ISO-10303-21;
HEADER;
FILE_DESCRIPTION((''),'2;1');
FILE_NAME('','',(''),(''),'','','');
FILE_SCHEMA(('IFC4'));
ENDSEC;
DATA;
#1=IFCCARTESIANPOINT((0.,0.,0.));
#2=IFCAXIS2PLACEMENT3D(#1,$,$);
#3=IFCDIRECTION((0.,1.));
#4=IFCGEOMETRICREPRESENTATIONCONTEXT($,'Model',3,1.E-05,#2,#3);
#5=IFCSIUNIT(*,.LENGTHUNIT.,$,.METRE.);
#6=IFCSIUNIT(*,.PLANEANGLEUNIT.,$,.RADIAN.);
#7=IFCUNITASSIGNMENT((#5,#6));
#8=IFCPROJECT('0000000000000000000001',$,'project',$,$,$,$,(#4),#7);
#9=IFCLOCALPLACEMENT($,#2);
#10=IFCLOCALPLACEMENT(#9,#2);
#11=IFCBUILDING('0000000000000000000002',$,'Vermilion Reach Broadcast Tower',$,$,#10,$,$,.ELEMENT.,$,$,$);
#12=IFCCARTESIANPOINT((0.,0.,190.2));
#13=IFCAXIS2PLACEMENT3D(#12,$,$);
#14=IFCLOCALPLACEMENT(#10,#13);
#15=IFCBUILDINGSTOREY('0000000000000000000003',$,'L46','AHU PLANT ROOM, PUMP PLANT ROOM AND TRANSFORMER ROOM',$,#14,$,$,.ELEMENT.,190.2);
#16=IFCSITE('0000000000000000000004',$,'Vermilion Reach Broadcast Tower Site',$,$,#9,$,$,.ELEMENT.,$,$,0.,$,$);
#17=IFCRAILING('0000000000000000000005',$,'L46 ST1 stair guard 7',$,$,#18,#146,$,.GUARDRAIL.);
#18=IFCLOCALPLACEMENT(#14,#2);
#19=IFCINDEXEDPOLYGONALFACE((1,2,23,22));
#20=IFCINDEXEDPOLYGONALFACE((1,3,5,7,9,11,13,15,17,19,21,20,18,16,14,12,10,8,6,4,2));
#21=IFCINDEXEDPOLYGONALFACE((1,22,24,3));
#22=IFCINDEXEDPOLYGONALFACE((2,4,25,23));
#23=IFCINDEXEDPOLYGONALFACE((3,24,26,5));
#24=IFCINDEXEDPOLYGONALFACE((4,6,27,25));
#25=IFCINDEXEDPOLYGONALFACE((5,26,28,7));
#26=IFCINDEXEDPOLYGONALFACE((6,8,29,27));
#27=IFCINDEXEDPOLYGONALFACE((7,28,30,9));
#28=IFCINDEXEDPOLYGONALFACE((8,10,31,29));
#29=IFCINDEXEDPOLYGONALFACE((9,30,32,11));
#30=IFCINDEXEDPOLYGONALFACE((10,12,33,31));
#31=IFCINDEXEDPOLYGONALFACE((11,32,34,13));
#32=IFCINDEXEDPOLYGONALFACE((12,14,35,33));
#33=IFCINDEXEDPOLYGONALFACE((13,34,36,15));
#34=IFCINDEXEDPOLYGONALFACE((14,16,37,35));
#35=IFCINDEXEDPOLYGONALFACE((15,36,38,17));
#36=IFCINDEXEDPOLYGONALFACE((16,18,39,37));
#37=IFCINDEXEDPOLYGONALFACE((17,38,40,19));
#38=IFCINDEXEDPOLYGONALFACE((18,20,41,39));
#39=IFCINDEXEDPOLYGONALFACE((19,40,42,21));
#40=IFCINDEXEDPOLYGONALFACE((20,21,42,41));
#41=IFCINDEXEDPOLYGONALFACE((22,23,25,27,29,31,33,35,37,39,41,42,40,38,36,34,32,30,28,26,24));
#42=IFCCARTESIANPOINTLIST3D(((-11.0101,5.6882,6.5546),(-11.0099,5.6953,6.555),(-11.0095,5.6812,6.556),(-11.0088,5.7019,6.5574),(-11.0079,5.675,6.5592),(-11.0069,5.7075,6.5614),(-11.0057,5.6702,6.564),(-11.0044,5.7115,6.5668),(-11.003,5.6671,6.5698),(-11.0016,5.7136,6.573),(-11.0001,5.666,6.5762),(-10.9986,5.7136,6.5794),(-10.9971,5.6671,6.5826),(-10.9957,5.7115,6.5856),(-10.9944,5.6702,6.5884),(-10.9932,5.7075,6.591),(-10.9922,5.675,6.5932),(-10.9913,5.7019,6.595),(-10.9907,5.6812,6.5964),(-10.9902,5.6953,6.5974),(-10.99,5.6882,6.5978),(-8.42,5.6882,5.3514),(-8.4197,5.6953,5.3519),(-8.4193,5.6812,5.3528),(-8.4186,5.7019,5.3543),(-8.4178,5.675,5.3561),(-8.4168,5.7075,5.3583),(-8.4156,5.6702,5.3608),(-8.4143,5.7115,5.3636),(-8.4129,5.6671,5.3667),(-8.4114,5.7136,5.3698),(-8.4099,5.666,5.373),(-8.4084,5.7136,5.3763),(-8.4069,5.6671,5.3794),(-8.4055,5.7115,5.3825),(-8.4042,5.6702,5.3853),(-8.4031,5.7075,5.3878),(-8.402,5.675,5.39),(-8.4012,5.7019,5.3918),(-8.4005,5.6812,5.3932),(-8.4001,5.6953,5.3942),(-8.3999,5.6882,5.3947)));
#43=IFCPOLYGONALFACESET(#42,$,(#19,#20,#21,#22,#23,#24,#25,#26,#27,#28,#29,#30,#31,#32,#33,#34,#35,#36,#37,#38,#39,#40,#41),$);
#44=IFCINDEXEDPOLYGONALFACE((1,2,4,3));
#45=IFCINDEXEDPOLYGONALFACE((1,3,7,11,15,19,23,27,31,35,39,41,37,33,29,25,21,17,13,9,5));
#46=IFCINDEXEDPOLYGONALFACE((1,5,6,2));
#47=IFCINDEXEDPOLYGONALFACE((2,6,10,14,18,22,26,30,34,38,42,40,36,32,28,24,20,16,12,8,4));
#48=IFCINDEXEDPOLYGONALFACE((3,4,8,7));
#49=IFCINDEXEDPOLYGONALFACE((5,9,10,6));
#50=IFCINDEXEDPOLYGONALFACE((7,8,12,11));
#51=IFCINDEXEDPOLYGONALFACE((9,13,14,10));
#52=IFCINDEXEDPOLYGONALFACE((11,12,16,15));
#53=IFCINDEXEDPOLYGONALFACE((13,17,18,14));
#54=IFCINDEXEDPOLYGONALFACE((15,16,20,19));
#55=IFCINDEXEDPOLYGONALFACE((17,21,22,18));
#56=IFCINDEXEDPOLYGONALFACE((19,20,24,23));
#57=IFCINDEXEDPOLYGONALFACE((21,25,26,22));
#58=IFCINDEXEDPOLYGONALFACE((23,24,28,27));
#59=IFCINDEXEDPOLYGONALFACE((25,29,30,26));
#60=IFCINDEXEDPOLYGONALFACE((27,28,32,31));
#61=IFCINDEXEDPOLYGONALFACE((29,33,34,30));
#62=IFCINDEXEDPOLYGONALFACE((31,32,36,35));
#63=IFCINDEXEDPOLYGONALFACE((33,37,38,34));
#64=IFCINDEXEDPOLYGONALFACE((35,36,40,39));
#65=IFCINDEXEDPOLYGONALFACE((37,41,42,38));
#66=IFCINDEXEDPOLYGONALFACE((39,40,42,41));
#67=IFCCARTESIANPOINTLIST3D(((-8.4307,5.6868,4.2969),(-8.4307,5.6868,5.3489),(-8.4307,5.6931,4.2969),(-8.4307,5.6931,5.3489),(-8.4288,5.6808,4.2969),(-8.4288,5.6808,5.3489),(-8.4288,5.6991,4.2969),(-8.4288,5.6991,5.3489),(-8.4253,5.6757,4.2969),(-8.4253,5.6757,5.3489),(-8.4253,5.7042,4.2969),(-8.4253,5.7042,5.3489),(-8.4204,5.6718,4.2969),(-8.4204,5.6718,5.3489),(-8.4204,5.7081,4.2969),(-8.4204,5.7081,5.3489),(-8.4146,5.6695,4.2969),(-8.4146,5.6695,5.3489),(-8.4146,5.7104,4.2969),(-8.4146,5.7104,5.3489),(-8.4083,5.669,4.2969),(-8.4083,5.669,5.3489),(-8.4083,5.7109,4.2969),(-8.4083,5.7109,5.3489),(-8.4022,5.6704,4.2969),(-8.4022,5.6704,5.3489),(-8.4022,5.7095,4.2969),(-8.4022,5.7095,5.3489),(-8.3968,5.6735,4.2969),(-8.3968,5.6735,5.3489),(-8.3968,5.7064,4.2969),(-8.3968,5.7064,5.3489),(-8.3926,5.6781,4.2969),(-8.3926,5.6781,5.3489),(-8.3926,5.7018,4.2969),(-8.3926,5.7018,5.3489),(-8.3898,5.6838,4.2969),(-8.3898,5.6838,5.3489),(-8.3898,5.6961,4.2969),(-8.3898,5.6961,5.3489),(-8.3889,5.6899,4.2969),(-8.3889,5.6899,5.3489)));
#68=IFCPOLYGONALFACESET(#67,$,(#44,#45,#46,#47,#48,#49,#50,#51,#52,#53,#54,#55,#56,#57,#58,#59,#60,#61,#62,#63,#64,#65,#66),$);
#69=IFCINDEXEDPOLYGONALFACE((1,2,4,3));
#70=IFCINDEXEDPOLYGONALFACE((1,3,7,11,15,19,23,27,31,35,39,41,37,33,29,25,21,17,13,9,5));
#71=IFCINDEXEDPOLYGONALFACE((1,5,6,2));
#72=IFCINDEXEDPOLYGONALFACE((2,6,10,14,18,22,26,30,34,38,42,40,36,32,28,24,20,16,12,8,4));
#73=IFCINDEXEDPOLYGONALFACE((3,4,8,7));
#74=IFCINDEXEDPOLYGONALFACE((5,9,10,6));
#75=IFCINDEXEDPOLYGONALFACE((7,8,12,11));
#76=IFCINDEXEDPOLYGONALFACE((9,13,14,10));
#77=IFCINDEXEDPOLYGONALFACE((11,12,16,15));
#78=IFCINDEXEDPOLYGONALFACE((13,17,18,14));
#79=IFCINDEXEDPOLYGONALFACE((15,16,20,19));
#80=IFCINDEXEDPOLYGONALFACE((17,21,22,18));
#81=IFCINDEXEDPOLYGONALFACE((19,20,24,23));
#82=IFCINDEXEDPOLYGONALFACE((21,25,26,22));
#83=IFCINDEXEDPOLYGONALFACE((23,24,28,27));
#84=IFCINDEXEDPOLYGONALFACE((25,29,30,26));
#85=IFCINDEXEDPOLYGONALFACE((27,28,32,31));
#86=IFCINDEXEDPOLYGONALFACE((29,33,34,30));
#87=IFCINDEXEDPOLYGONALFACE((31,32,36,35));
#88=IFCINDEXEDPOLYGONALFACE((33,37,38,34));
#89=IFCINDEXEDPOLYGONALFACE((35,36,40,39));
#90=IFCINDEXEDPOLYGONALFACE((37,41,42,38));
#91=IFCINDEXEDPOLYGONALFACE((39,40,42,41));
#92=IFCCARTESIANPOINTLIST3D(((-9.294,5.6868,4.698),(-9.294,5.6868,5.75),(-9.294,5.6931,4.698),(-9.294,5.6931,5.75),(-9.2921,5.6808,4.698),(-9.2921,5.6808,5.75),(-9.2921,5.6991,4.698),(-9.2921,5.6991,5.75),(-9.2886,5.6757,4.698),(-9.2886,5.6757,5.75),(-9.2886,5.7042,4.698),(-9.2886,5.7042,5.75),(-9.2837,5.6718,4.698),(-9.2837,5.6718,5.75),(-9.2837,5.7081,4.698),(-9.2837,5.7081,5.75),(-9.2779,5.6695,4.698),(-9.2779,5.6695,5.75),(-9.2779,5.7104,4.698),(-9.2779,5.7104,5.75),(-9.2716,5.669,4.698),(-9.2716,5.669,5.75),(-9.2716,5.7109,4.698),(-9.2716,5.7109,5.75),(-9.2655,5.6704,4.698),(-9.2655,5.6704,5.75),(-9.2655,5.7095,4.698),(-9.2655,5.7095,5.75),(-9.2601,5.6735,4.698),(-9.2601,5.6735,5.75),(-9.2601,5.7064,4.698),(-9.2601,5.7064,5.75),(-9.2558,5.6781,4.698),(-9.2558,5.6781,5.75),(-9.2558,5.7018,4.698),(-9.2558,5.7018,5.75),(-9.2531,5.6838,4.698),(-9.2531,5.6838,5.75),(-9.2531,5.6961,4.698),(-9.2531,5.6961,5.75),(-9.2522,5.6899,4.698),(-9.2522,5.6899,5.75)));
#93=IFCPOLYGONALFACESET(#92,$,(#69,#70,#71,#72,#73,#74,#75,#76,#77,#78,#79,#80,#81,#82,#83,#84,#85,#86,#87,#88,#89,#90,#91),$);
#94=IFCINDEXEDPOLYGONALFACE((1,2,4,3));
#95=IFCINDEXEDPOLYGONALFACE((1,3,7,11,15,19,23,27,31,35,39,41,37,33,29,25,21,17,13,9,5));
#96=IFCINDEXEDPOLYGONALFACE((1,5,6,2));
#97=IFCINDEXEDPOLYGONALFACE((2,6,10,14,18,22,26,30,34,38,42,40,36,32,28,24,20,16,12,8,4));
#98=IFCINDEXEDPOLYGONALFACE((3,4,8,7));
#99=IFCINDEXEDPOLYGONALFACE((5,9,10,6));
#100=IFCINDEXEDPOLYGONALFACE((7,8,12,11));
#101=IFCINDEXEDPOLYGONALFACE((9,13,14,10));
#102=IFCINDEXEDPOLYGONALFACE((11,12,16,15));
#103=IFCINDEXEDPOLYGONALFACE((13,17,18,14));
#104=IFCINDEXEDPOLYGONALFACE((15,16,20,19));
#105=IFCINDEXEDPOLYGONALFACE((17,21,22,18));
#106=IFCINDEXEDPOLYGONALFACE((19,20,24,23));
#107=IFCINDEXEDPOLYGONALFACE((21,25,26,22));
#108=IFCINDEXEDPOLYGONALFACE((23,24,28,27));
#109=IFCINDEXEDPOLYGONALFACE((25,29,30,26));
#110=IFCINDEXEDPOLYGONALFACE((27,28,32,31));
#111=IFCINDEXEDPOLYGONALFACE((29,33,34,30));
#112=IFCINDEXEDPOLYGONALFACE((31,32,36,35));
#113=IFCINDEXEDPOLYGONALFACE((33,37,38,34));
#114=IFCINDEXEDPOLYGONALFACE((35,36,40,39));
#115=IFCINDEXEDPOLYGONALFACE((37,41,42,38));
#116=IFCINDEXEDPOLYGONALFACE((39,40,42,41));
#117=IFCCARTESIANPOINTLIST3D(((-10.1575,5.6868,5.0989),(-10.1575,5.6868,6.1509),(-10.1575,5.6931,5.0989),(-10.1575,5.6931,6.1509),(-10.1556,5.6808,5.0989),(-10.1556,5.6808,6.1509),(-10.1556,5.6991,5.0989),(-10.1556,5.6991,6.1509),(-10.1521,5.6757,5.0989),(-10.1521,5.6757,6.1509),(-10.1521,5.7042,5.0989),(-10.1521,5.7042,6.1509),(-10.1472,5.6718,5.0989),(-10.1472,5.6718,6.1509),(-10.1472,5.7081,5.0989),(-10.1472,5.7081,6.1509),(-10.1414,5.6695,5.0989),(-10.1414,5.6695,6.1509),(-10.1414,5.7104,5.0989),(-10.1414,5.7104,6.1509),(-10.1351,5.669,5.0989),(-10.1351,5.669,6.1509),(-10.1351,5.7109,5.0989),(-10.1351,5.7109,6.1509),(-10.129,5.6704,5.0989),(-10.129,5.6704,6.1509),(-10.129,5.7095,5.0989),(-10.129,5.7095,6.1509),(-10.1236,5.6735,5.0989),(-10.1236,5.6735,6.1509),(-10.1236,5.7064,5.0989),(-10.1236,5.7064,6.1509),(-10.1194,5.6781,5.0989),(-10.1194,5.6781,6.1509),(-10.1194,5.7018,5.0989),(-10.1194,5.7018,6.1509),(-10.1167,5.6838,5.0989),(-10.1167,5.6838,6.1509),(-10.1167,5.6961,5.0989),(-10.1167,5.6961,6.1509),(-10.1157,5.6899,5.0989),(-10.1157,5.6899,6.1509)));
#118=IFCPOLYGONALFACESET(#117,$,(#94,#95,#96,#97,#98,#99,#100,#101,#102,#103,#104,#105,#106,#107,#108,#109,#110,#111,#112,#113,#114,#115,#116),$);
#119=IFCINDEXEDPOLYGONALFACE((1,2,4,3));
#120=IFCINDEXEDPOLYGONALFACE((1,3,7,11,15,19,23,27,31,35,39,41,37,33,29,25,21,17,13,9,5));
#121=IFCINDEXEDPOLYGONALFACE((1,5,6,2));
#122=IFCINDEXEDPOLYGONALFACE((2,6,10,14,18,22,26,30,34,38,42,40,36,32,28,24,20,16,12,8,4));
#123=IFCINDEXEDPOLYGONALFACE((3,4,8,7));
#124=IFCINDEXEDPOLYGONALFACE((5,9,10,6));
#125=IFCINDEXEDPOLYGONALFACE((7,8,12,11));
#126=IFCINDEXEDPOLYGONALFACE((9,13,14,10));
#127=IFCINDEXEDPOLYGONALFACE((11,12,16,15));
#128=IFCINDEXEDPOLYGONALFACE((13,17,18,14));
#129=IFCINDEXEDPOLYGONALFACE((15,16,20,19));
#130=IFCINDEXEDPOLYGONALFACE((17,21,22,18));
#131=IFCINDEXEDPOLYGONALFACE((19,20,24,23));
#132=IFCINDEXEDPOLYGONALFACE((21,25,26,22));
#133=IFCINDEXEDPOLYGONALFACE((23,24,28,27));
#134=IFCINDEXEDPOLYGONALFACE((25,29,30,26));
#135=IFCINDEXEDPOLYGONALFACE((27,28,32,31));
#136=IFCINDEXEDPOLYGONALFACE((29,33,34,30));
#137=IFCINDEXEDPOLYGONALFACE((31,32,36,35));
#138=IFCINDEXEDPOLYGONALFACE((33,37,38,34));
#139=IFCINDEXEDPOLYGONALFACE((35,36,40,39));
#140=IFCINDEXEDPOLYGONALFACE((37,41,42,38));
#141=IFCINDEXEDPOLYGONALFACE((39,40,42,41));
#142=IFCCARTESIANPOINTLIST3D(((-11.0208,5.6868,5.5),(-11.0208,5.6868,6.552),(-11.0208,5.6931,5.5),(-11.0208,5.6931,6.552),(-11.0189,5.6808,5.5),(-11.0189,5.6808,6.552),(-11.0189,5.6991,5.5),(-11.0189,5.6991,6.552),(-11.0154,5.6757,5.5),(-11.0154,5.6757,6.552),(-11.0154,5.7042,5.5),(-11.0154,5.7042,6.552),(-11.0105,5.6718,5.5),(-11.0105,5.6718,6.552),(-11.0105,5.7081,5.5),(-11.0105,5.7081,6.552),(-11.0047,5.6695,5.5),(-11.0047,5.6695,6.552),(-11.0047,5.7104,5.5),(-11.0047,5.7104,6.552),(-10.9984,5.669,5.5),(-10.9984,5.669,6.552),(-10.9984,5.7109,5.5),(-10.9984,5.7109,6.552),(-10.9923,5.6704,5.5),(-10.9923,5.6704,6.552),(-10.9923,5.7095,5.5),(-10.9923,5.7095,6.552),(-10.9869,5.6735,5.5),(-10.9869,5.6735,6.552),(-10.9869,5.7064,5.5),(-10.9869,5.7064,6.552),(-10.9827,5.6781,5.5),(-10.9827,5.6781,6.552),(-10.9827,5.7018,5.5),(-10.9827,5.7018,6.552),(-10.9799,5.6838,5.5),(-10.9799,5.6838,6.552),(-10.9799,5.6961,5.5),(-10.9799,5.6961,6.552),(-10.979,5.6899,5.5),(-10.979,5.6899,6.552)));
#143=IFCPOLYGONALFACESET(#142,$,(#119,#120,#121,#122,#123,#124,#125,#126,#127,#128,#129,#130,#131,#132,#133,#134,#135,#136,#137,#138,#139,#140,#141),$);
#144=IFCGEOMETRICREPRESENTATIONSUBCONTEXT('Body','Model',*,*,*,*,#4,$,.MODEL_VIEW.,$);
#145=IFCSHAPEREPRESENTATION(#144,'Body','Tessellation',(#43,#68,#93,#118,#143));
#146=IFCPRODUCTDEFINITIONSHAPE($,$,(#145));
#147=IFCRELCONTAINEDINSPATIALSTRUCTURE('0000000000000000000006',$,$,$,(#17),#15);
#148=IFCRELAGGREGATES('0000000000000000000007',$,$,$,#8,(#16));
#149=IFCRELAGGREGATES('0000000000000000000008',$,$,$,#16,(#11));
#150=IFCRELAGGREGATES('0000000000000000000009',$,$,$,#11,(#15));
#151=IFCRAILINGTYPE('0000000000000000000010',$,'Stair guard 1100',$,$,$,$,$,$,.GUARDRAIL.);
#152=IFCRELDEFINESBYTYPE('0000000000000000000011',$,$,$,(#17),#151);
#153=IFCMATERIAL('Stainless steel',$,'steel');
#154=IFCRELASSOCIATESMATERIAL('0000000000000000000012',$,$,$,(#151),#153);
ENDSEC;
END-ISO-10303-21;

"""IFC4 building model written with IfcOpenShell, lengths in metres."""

from ifc_helpers import new_model, si_unit, direction, frame, origin, origin_2d, place, context, subcontext, project, spatial, circle, extrude, material, type_object, element, save


model = new_model("IFC4")

# Units and contexts
model_context = context("Model", 3, precision=1e-05, world=origin(), true_north=direction((0.0, 1.0)))
body_context = subcontext(model_context, "Body", "Model", "MODEL_VIEW")
ifc_project = project(units=[si_unit("LENGTHUNIT", "METRE"), si_unit("PLANEANGLEUNIT", "RADIAN")], contexts=[model_context])

# Site, building, storey
site_placement = place(None, origin())
site = spatial("IfcSite", under=ifc_project, at=site_placement, Name="Vermilion Reach Broadcast Tower Site", CompositionType="ELEMENT", RefElevation=0.0)
building_placement = place(site_placement, origin())
building = spatial("IfcBuilding", under=site, at=building_placement, Name="Vermilion Reach Broadcast Tower", CompositionType="ELEMENT")
storey_placement = place(building_placement, frame((0.0, 0.0, 190.2)))
storey = spatial("IfcBuildingStorey", under=building, at=storey_placement, Name="L46", Description="AHU PLANT ROOM, PUMP PLANT ROOM AND TRANSFORMER ROOM", CompositionType="ELEMENT", Elevation=190.2)

# Railing
ifc_material_1 = material(Name="Stainless steel", Category="steel")
railing_type_1 = type_object("IfcRailingType", Name="Stair guard 1100", PredefinedType="GUARDRAIL", material=ifc_material_1)
railing_1_placement = place(storey_placement, frame((-8.4099, 5.6899, 4.2969)))
element("IfcRailing", 1, at=railing_1_placement, inside=storey, type_object=railing_type_1, Name="L46 ST1 stair guard 7", PredefinedType="GUARDRAIL", context=body_context, shape_type="SweptSolid", body=[
    extrude(circle(Radius=0.0239, at=origin_2d()), frame((0.0, 0.0, 1.0762), z_axis=(-0.906931, 0.0, 0.42128), x_axis=(0.0, -1.0, 0.0)), (0.0, 0.0, 1.0), 2.856),
    extrude(circle(Radius=0.021, at=origin_2d()), origin(), (0.0, 0.0, 1.0), 1.052),
    extrude(circle(Radius=0.021, at=origin_2d()), frame((-0.8633, 0.0, 0.4011)), (0.0, 0.0, 1.0), 1.052),
    extrude(circle(Radius=0.021, at=origin_2d()), frame((-1.7268, 0.0, 0.802)), (0.0, 0.0, 1.0), 1.052),
    extrude(circle(Radius=0.021, at=origin_2d()), frame((-2.5901, 0.0, 1.2031)), (0.0, 0.0, 1.0), 1.052),
])

save(model, "model.ifc")
